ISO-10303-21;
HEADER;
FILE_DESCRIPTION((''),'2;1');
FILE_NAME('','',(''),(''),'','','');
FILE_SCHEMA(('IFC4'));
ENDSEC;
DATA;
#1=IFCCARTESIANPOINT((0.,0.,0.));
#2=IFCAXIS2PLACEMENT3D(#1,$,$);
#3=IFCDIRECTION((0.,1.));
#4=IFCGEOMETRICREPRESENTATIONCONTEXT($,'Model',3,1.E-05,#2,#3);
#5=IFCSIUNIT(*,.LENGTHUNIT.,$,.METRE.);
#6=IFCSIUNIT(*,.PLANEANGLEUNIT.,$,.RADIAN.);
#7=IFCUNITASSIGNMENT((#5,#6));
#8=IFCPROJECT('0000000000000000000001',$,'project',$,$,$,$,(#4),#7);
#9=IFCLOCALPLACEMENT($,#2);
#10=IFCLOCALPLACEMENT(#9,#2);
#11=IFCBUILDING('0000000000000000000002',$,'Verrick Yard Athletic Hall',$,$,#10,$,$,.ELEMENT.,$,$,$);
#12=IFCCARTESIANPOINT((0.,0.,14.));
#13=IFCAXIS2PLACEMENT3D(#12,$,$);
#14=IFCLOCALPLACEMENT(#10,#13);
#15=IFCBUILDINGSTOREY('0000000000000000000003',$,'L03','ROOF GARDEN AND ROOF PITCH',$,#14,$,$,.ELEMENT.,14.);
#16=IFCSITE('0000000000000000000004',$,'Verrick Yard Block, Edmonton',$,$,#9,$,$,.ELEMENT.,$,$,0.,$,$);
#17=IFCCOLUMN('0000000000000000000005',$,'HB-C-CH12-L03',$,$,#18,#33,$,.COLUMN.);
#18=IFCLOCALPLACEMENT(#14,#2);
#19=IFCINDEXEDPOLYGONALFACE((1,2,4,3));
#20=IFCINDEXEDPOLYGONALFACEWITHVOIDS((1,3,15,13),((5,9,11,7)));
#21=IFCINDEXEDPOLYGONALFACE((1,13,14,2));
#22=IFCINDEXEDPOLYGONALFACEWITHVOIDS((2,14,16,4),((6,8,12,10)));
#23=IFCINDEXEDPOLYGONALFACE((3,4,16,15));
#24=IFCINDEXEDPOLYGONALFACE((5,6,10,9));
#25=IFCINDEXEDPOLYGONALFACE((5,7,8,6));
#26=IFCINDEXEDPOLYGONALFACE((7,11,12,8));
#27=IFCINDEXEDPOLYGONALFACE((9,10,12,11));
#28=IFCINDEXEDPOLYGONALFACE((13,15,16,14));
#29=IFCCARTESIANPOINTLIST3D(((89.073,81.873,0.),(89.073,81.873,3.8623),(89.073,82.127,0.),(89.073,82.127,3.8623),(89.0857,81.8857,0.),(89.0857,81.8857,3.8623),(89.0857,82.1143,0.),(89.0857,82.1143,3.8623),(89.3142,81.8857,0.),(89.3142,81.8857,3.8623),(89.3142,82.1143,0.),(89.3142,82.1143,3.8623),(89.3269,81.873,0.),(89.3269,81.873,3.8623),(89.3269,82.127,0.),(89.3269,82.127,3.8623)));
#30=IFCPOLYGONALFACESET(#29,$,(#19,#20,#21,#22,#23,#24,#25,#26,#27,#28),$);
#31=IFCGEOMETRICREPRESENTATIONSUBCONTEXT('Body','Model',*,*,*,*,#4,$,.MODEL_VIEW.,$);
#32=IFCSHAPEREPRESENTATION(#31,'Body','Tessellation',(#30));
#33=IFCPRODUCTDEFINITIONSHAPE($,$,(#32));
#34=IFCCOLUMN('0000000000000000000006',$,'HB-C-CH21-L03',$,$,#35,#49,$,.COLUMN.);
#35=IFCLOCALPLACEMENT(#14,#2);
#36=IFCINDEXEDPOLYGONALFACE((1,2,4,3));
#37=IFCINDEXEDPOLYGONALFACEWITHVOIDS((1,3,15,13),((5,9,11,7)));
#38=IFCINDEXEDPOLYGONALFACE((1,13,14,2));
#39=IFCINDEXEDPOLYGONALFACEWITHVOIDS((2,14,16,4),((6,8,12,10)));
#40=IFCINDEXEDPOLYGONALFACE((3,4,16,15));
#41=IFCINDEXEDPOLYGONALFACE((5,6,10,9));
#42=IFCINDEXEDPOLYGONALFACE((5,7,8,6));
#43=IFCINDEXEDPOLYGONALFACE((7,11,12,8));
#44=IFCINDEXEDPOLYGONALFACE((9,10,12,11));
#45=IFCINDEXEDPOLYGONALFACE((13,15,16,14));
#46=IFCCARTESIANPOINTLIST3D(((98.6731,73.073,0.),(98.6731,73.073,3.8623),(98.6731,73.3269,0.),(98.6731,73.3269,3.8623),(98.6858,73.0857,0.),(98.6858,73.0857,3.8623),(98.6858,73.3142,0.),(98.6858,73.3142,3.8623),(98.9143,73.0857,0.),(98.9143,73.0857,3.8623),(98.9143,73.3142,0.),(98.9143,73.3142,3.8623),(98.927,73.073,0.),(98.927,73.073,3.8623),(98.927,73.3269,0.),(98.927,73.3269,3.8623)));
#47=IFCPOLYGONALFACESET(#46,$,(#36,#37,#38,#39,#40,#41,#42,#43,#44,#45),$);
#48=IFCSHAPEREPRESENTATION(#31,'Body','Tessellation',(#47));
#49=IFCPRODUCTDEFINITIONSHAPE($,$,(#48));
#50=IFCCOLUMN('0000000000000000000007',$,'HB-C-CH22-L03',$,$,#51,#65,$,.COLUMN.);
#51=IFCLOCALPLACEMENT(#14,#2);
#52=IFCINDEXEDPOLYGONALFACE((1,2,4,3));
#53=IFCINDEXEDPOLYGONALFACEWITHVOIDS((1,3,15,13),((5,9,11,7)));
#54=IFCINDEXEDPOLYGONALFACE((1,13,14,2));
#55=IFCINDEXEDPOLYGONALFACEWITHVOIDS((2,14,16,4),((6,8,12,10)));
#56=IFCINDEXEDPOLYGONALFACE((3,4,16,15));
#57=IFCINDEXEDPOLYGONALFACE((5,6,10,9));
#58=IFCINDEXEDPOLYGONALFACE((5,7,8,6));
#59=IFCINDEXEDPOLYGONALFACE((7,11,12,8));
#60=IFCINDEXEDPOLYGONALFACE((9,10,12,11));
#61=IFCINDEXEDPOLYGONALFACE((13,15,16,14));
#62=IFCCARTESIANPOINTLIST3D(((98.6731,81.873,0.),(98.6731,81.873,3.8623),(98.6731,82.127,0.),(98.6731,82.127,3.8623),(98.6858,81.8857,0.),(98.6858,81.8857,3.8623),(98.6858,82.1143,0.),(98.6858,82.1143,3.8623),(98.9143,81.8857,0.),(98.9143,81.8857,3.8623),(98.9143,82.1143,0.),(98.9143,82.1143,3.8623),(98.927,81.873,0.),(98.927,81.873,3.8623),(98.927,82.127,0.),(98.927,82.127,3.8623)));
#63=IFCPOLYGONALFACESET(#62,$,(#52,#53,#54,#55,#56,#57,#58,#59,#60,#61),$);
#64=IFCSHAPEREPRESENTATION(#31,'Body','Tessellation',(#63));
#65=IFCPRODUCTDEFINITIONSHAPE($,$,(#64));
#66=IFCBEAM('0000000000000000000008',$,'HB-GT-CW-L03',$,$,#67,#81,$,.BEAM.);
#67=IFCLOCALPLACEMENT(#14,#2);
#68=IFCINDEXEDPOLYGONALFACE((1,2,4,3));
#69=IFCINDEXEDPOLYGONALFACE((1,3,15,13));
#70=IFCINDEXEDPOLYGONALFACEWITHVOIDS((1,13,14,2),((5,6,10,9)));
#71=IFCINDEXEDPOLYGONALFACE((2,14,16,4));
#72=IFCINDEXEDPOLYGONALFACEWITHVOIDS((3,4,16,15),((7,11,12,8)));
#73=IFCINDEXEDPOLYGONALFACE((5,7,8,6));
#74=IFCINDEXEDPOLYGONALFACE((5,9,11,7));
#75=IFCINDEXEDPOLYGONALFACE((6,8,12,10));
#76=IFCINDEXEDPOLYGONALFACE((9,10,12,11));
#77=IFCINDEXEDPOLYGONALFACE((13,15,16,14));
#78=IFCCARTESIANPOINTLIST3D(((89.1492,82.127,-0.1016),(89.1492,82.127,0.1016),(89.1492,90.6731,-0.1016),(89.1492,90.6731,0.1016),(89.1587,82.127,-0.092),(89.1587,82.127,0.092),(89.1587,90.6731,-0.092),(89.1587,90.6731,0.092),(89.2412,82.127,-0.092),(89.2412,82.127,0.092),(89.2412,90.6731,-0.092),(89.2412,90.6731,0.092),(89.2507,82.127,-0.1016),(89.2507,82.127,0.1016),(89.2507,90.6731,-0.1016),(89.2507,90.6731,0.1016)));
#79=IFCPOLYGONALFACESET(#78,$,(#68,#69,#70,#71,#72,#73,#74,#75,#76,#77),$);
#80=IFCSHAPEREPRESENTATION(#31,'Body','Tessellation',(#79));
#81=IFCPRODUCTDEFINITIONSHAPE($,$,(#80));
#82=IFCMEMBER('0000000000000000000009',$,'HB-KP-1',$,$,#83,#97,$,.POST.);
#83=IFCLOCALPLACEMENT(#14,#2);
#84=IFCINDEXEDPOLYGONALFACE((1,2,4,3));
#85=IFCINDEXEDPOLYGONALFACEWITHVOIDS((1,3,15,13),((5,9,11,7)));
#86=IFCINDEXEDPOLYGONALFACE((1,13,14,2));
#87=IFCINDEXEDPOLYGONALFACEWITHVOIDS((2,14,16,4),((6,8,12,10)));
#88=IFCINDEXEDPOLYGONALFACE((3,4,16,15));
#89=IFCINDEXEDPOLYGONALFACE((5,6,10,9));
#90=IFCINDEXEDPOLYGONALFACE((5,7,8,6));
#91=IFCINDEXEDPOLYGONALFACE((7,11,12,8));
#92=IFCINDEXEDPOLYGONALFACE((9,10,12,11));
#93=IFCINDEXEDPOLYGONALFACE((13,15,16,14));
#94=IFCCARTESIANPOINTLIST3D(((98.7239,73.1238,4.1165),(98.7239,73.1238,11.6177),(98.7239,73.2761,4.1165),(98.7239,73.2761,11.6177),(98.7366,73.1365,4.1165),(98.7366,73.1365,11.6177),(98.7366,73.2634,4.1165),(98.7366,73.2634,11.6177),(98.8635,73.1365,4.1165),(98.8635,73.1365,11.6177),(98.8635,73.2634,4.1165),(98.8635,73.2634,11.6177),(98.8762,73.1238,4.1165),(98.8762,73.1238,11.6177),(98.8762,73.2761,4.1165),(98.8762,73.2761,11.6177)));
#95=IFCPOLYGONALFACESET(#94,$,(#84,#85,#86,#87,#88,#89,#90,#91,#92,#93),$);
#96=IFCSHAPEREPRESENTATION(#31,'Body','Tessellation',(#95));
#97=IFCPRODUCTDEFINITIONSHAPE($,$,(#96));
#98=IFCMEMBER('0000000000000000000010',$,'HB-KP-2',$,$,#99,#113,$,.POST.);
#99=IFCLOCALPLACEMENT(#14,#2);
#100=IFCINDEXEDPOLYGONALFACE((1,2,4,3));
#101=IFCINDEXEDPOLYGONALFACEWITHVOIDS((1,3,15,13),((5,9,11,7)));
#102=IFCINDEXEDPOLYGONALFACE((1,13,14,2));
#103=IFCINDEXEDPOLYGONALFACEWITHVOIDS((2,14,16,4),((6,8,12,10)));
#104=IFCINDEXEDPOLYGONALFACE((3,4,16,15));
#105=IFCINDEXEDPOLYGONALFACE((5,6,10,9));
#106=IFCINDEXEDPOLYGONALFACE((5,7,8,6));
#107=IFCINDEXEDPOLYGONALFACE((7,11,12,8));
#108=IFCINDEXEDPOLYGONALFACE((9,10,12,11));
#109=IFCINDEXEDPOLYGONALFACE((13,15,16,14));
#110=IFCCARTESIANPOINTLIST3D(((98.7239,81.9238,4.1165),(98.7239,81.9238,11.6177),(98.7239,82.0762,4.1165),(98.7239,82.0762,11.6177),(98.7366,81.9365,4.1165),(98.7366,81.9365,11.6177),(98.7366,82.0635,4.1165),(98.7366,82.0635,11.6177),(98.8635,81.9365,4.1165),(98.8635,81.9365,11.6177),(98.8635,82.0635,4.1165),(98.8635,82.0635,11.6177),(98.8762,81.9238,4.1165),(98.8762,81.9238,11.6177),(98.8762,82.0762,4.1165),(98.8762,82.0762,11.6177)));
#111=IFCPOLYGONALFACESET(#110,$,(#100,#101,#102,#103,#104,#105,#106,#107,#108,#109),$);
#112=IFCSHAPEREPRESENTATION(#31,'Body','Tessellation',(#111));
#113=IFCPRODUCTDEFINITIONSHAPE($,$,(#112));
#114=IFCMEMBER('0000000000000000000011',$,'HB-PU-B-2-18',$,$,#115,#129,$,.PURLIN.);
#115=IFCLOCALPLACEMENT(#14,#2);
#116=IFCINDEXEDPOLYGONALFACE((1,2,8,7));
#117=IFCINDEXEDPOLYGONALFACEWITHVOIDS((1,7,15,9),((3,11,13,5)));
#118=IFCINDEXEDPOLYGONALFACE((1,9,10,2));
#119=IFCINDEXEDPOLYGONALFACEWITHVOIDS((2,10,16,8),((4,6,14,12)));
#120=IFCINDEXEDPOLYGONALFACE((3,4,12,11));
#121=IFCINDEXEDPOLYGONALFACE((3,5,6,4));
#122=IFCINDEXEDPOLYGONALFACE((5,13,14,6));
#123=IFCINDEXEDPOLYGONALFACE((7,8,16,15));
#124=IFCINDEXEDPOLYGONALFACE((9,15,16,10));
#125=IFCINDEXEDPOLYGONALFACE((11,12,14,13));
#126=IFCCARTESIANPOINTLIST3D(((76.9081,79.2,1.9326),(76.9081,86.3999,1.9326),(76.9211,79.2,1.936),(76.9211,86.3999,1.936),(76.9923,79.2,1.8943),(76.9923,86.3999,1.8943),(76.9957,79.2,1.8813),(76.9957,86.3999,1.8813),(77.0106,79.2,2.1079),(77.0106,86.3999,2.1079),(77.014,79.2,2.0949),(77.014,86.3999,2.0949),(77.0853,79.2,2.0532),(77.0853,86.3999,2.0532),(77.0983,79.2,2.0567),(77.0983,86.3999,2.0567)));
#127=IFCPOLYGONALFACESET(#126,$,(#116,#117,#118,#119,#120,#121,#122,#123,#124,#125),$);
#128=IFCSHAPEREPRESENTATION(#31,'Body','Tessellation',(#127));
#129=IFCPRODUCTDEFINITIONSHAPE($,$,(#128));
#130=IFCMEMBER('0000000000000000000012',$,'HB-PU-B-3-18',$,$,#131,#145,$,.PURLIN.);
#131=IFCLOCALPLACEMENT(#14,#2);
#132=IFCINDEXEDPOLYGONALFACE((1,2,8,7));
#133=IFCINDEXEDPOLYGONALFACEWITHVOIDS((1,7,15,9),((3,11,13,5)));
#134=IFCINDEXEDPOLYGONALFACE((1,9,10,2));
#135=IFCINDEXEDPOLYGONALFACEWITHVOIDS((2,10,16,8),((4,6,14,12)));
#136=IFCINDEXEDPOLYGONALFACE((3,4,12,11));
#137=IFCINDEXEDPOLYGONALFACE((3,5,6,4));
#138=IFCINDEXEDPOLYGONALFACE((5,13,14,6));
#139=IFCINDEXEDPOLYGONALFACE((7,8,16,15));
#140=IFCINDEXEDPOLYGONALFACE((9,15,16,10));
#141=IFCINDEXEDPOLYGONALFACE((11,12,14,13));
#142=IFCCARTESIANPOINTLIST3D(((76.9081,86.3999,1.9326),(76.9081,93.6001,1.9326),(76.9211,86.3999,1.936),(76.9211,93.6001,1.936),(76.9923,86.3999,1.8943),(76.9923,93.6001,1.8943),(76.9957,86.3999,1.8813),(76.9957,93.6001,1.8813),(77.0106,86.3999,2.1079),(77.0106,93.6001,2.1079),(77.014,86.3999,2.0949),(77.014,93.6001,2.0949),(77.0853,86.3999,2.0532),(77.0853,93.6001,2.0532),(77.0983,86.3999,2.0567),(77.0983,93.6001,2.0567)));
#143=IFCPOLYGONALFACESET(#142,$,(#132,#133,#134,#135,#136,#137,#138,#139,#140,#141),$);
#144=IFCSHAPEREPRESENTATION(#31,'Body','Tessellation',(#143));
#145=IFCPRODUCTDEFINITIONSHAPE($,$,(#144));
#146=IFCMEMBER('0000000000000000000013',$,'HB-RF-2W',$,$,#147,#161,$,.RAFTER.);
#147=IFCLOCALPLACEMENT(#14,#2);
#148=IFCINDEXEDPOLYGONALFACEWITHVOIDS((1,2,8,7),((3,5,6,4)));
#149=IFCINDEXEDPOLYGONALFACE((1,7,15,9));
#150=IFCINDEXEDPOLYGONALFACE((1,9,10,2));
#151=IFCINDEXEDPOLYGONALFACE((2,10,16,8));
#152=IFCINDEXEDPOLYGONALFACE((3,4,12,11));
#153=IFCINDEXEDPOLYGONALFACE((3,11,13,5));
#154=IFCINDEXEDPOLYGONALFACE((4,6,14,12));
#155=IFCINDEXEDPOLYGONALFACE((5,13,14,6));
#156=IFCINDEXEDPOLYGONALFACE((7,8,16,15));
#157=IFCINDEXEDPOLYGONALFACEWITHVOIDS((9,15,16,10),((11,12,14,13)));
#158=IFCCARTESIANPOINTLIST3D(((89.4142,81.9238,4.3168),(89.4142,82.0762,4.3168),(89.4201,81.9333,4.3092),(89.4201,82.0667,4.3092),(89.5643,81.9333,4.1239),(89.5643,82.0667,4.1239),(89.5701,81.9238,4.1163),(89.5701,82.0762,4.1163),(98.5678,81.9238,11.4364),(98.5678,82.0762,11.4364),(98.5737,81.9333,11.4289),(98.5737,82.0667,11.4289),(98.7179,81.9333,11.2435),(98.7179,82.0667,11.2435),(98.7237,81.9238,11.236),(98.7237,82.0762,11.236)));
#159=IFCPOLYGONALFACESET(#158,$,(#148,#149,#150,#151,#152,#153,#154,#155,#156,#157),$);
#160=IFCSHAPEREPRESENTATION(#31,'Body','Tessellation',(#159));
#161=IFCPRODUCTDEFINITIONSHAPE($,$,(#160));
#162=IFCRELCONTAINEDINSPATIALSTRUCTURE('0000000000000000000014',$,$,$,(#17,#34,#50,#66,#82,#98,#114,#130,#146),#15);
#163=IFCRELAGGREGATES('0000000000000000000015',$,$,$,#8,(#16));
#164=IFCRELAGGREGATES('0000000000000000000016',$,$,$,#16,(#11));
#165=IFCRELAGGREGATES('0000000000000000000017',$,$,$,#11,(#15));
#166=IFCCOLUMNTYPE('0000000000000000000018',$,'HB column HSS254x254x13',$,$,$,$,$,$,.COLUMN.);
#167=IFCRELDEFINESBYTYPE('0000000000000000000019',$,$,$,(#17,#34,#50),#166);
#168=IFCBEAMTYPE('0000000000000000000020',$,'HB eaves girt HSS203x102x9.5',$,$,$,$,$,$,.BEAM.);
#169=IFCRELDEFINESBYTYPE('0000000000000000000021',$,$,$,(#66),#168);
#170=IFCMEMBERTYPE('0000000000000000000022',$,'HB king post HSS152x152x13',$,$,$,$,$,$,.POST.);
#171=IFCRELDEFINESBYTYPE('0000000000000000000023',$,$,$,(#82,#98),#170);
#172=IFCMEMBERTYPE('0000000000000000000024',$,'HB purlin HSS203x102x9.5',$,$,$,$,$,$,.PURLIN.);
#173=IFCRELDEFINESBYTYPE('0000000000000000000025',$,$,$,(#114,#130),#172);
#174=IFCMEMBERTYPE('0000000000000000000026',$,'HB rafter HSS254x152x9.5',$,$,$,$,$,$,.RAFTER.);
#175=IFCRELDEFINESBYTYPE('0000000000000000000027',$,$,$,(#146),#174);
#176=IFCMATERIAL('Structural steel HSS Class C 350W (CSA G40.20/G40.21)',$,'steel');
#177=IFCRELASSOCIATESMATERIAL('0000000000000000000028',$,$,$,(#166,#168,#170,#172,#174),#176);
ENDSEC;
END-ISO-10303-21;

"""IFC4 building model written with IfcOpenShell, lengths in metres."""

from ifc_helpers import new_model, si_unit, direction, frame, origin, origin_2d, place, context, subcontext, project, spatial, hollow_rectangle, extrude, material, material_profile, profile_set, type_object, element, save


model = new_model("IFC4")

# Units and contexts
model_context = context("Model", 3, precision=1e-05, world=origin(), true_north=direction((0.0, 1.0)))
body_context = subcontext(model_context, "Body", "Model", "MODEL_VIEW")
ifc_project = project(units=[si_unit("LENGTHUNIT", "METRE"), si_unit("PLANEANGLEUNIT", "RADIAN")], contexts=[model_context])

# Site, building, storey
site_placement = place(None, origin())
site = spatial("IfcSite", under=ifc_project, at=site_placement, Name="Verrick Yard Block, Edmonton", CompositionType="ELEMENT", RefElevation=0.0)
building_placement = place(site_placement, origin())
building = spatial("IfcBuilding", under=site, at=building_placement, Name="Verrick Yard Athletic Hall", CompositionType="ELEMENT")
storey_placement = place(building_placement, frame((0.0, 0.0, 14.0)))
storey = spatial("IfcBuildingStorey", under=building, at=storey_placement, Name="L03", Description="ROOF GARDEN AND ROOF PITCH", CompositionType="ELEMENT", Elevation=14.0)

# Columns
ifc_material_1 = material(Name="Structural steel HSS Class C 350W (CSA G40.20/G40.21)", Category="steel")
ifc_material_profile_1 = material_profile(ifc_material_1, hollow_rectangle(XDim=0.2539, YDim=0.2539, WallThickness=0.0127, at=origin_2d()), Name="HSS254x254x13")
ifc_profile_set_1 = profile_set([ifc_material_profile_1], Name="Structural steel HSS Class C 350W (CSA G40.20/G40.21)")
column_type = type_object("IfcColumnType", Name="HB column HSS254x254x13", PredefinedType="COLUMN", material=ifc_profile_set_1)
for number, where, z_axis, x_axis, name in (
    (1, (89.2, 82.0, 0.0), (0.0, 0.0, 1.0), (1.0, 0.0, 0.0), "HB-C-CH12-L03"),
    (2, (98.8, 73.2, 0.0), (0.0, 0.0, 1.0), (1.0, 0.0, 0.0), "HB-C-CH21-L03"),
    (3, (98.8, 82.0, 0.0), (0.0, 0.0, 1.0), (1.0, 0.0, 0.0), "HB-C-CH22-L03"),
):
    element("IfcColumn", number, at=place(storey_placement, frame(where, z_axis=z_axis, x_axis=x_axis)), inside=storey, type_object=column_type, Name=name, PredefinedType="COLUMN", context=body_context, shape_type="SweptSolid", body=[
        extrude(hollow_rectangle(XDim=0.2539, YDim=0.2539, WallThickness=0.0127, at=origin_2d()), origin(), (0.0, 0.0, 1.0), 3.8623),
    ])

# Beam
ifc_material_profile_2 = material_profile(ifc_material_1, hollow_rectangle(XDim=0.1016, YDim=0.2031, WallThickness=0.0095, at=origin_2d()), Name="HSS203x102x9.5")
ifc_profile_set_2 = profile_set([ifc_material_profile_2], Name="Structural steel HSS Class C 350W (CSA G40.20/G40.21)")
beam_type_1 = type_object("IfcBeamType", Name="HB eaves girt HSS203x102x9.5", PredefinedType="BEAM", material=ifc_profile_set_2)
beam_1_placement = place(storey_placement, frame((89.2, 82.127, 0.0), z_axis=(0.0, 1.0, 0.0), x_axis=(-1.0, 0.0, 0.0)))
element("IfcBeam", 4, at=beam_1_placement, inside=storey, type_object=beam_type_1, Name="HB-GT-CW-L03", PredefinedType="BEAM", context=body_context, shape_type="SweptSolid", body=[
    extrude(hollow_rectangle(XDim=0.1016, YDim=0.2031, WallThickness=0.0095, at=origin_2d()), origin(), (0.0, 0.0, 1.0), 8.5461),
])

# Members
ifc_material_profile_3 = material_profile(ifc_material_1, hollow_rectangle(XDim=0.1523, YDim=0.1523, WallThickness=0.0127, at=origin_2d()), Name="HSS152x152x13")
ifc_profile_set_3 = profile_set([ifc_material_profile_3], Name="Structural steel HSS Class C 350W (CSA G40.20/G40.21)")
member_type_1 = type_object("IfcMemberType", Name="HB king post HSS152x152x13", PredefinedType="POST", material=ifc_profile_set_3)
for number, where, z_axis, x_axis, name in (
    (5, (98.8, 73.2, 4.1165), (0.0, 0.0, 1.0), (0.0, 1.0, 0.0), "HB-KP-1"),
    (6, (98.8, 82.0, 4.1165), (0.0, 0.0, 1.0), (0.0, 1.0, 0.0), "HB-KP-2"),
):
    element("IfcMember", number, at=place(storey_placement, frame(where, z_axis=z_axis, x_axis=x_axis)), inside=storey, type_object=member_type_1, Name=name, PredefinedType="POST", context=body_context, shape_type="SweptSolid", body=[
        extrude(hollow_rectangle(XDim=0.1523, YDim=0.1523, WallThickness=0.0127, at=origin_2d()), origin(), (0.0, 0.0, 1.0), 7.5012),
    ])
ifc_material_profile_4 = material_profile(ifc_material_1, hollow_rectangle(XDim=0.1016, YDim=0.2031, WallThickness=0.0095, at=origin_2d()), Name="HSS203x102x9.5")
ifc_profile_set_4 = profile_set([ifc_material_profile_4], Name="Structural steel HSS Class C 350W (CSA G40.20/G40.21)")
member_type_2 = type_object("IfcMemberType", Name="HB purlin HSS203x102x9.5", PredefinedType="PURLIN", material=ifc_profile_set_4)
member_1_placement = place(storey_placement, frame((77.0032, 79.2, 1.9946), z_axis=(0.0, 1.0, 0.0), x_axis=(-0.863168, 0.0, 0.504917)))
element("IfcMember", 7, at=member_1_placement, inside=storey, type_object=member_type_2, Name="HB-PU-B-2-18", PredefinedType="PURLIN", context=body_context, shape_type="SweptSolid", body=[
    extrude(hollow_rectangle(XDim=0.1016, YDim=0.2031, WallThickness=0.0095, at=origin_2d()), origin(), (0.0, 0.0, 1.0), 7.2),
])
member_2_placement = place(storey_placement, frame((77.0032, 86.3999, 1.9946), z_axis=(0.0, 1.0, 0.0), x_axis=(-0.863168, 0.0, 0.504917)))
element("IfcMember", 8, at=member_2_placement, inside=storey, type_object=member_type_2, Name="HB-PU-B-3-18", PredefinedType="PURLIN", context=body_context, shape_type="SweptSolid", body=[
    extrude(hollow_rectangle(XDim=0.1016, YDim=0.2031, WallThickness=0.0095, at=origin_2d()), origin(), (0.0, 0.0, 1.0), 7.2002),
])
ifc_material_profile_5 = material_profile(ifc_material_1, hollow_rectangle(XDim=0.1523, YDim=0.2539, WallThickness=0.0095, at=origin_2d()), Name="HSS254x152x9.5")
ifc_profile_set_5 = profile_set([ifc_material_profile_5], Name="Structural steel HSS Class C 350W (CSA G40.20/G40.21)")
member_type_3 = type_object("IfcMemberType", Name="HB rafter HSS254x152x9.5", PredefinedType="RAFTER", material=ifc_profile_set_5)
member_3_placement = place(storey_placement, frame((89.4922, 82.0, 4.2166), z_axis=(0.789344, 0.0, 0.613951), x_axis=(0.0, 1.0, 0.0)))
element("IfcMember", 9, at=member_3_placement, inside=storey, type_object=member_type_3, Name="HB-RF-2W", PredefinedType="RAFTER", context=body_context, shape_type="SweptSolid", body=[
    extrude(hollow_rectangle(XDim=0.1523, YDim=0.2539, WallThickness=0.0095, at=origin_2d()), origin(), (0.0, 0.0, 1.0), 11.5964),
])

save(model, "model.ifc")
